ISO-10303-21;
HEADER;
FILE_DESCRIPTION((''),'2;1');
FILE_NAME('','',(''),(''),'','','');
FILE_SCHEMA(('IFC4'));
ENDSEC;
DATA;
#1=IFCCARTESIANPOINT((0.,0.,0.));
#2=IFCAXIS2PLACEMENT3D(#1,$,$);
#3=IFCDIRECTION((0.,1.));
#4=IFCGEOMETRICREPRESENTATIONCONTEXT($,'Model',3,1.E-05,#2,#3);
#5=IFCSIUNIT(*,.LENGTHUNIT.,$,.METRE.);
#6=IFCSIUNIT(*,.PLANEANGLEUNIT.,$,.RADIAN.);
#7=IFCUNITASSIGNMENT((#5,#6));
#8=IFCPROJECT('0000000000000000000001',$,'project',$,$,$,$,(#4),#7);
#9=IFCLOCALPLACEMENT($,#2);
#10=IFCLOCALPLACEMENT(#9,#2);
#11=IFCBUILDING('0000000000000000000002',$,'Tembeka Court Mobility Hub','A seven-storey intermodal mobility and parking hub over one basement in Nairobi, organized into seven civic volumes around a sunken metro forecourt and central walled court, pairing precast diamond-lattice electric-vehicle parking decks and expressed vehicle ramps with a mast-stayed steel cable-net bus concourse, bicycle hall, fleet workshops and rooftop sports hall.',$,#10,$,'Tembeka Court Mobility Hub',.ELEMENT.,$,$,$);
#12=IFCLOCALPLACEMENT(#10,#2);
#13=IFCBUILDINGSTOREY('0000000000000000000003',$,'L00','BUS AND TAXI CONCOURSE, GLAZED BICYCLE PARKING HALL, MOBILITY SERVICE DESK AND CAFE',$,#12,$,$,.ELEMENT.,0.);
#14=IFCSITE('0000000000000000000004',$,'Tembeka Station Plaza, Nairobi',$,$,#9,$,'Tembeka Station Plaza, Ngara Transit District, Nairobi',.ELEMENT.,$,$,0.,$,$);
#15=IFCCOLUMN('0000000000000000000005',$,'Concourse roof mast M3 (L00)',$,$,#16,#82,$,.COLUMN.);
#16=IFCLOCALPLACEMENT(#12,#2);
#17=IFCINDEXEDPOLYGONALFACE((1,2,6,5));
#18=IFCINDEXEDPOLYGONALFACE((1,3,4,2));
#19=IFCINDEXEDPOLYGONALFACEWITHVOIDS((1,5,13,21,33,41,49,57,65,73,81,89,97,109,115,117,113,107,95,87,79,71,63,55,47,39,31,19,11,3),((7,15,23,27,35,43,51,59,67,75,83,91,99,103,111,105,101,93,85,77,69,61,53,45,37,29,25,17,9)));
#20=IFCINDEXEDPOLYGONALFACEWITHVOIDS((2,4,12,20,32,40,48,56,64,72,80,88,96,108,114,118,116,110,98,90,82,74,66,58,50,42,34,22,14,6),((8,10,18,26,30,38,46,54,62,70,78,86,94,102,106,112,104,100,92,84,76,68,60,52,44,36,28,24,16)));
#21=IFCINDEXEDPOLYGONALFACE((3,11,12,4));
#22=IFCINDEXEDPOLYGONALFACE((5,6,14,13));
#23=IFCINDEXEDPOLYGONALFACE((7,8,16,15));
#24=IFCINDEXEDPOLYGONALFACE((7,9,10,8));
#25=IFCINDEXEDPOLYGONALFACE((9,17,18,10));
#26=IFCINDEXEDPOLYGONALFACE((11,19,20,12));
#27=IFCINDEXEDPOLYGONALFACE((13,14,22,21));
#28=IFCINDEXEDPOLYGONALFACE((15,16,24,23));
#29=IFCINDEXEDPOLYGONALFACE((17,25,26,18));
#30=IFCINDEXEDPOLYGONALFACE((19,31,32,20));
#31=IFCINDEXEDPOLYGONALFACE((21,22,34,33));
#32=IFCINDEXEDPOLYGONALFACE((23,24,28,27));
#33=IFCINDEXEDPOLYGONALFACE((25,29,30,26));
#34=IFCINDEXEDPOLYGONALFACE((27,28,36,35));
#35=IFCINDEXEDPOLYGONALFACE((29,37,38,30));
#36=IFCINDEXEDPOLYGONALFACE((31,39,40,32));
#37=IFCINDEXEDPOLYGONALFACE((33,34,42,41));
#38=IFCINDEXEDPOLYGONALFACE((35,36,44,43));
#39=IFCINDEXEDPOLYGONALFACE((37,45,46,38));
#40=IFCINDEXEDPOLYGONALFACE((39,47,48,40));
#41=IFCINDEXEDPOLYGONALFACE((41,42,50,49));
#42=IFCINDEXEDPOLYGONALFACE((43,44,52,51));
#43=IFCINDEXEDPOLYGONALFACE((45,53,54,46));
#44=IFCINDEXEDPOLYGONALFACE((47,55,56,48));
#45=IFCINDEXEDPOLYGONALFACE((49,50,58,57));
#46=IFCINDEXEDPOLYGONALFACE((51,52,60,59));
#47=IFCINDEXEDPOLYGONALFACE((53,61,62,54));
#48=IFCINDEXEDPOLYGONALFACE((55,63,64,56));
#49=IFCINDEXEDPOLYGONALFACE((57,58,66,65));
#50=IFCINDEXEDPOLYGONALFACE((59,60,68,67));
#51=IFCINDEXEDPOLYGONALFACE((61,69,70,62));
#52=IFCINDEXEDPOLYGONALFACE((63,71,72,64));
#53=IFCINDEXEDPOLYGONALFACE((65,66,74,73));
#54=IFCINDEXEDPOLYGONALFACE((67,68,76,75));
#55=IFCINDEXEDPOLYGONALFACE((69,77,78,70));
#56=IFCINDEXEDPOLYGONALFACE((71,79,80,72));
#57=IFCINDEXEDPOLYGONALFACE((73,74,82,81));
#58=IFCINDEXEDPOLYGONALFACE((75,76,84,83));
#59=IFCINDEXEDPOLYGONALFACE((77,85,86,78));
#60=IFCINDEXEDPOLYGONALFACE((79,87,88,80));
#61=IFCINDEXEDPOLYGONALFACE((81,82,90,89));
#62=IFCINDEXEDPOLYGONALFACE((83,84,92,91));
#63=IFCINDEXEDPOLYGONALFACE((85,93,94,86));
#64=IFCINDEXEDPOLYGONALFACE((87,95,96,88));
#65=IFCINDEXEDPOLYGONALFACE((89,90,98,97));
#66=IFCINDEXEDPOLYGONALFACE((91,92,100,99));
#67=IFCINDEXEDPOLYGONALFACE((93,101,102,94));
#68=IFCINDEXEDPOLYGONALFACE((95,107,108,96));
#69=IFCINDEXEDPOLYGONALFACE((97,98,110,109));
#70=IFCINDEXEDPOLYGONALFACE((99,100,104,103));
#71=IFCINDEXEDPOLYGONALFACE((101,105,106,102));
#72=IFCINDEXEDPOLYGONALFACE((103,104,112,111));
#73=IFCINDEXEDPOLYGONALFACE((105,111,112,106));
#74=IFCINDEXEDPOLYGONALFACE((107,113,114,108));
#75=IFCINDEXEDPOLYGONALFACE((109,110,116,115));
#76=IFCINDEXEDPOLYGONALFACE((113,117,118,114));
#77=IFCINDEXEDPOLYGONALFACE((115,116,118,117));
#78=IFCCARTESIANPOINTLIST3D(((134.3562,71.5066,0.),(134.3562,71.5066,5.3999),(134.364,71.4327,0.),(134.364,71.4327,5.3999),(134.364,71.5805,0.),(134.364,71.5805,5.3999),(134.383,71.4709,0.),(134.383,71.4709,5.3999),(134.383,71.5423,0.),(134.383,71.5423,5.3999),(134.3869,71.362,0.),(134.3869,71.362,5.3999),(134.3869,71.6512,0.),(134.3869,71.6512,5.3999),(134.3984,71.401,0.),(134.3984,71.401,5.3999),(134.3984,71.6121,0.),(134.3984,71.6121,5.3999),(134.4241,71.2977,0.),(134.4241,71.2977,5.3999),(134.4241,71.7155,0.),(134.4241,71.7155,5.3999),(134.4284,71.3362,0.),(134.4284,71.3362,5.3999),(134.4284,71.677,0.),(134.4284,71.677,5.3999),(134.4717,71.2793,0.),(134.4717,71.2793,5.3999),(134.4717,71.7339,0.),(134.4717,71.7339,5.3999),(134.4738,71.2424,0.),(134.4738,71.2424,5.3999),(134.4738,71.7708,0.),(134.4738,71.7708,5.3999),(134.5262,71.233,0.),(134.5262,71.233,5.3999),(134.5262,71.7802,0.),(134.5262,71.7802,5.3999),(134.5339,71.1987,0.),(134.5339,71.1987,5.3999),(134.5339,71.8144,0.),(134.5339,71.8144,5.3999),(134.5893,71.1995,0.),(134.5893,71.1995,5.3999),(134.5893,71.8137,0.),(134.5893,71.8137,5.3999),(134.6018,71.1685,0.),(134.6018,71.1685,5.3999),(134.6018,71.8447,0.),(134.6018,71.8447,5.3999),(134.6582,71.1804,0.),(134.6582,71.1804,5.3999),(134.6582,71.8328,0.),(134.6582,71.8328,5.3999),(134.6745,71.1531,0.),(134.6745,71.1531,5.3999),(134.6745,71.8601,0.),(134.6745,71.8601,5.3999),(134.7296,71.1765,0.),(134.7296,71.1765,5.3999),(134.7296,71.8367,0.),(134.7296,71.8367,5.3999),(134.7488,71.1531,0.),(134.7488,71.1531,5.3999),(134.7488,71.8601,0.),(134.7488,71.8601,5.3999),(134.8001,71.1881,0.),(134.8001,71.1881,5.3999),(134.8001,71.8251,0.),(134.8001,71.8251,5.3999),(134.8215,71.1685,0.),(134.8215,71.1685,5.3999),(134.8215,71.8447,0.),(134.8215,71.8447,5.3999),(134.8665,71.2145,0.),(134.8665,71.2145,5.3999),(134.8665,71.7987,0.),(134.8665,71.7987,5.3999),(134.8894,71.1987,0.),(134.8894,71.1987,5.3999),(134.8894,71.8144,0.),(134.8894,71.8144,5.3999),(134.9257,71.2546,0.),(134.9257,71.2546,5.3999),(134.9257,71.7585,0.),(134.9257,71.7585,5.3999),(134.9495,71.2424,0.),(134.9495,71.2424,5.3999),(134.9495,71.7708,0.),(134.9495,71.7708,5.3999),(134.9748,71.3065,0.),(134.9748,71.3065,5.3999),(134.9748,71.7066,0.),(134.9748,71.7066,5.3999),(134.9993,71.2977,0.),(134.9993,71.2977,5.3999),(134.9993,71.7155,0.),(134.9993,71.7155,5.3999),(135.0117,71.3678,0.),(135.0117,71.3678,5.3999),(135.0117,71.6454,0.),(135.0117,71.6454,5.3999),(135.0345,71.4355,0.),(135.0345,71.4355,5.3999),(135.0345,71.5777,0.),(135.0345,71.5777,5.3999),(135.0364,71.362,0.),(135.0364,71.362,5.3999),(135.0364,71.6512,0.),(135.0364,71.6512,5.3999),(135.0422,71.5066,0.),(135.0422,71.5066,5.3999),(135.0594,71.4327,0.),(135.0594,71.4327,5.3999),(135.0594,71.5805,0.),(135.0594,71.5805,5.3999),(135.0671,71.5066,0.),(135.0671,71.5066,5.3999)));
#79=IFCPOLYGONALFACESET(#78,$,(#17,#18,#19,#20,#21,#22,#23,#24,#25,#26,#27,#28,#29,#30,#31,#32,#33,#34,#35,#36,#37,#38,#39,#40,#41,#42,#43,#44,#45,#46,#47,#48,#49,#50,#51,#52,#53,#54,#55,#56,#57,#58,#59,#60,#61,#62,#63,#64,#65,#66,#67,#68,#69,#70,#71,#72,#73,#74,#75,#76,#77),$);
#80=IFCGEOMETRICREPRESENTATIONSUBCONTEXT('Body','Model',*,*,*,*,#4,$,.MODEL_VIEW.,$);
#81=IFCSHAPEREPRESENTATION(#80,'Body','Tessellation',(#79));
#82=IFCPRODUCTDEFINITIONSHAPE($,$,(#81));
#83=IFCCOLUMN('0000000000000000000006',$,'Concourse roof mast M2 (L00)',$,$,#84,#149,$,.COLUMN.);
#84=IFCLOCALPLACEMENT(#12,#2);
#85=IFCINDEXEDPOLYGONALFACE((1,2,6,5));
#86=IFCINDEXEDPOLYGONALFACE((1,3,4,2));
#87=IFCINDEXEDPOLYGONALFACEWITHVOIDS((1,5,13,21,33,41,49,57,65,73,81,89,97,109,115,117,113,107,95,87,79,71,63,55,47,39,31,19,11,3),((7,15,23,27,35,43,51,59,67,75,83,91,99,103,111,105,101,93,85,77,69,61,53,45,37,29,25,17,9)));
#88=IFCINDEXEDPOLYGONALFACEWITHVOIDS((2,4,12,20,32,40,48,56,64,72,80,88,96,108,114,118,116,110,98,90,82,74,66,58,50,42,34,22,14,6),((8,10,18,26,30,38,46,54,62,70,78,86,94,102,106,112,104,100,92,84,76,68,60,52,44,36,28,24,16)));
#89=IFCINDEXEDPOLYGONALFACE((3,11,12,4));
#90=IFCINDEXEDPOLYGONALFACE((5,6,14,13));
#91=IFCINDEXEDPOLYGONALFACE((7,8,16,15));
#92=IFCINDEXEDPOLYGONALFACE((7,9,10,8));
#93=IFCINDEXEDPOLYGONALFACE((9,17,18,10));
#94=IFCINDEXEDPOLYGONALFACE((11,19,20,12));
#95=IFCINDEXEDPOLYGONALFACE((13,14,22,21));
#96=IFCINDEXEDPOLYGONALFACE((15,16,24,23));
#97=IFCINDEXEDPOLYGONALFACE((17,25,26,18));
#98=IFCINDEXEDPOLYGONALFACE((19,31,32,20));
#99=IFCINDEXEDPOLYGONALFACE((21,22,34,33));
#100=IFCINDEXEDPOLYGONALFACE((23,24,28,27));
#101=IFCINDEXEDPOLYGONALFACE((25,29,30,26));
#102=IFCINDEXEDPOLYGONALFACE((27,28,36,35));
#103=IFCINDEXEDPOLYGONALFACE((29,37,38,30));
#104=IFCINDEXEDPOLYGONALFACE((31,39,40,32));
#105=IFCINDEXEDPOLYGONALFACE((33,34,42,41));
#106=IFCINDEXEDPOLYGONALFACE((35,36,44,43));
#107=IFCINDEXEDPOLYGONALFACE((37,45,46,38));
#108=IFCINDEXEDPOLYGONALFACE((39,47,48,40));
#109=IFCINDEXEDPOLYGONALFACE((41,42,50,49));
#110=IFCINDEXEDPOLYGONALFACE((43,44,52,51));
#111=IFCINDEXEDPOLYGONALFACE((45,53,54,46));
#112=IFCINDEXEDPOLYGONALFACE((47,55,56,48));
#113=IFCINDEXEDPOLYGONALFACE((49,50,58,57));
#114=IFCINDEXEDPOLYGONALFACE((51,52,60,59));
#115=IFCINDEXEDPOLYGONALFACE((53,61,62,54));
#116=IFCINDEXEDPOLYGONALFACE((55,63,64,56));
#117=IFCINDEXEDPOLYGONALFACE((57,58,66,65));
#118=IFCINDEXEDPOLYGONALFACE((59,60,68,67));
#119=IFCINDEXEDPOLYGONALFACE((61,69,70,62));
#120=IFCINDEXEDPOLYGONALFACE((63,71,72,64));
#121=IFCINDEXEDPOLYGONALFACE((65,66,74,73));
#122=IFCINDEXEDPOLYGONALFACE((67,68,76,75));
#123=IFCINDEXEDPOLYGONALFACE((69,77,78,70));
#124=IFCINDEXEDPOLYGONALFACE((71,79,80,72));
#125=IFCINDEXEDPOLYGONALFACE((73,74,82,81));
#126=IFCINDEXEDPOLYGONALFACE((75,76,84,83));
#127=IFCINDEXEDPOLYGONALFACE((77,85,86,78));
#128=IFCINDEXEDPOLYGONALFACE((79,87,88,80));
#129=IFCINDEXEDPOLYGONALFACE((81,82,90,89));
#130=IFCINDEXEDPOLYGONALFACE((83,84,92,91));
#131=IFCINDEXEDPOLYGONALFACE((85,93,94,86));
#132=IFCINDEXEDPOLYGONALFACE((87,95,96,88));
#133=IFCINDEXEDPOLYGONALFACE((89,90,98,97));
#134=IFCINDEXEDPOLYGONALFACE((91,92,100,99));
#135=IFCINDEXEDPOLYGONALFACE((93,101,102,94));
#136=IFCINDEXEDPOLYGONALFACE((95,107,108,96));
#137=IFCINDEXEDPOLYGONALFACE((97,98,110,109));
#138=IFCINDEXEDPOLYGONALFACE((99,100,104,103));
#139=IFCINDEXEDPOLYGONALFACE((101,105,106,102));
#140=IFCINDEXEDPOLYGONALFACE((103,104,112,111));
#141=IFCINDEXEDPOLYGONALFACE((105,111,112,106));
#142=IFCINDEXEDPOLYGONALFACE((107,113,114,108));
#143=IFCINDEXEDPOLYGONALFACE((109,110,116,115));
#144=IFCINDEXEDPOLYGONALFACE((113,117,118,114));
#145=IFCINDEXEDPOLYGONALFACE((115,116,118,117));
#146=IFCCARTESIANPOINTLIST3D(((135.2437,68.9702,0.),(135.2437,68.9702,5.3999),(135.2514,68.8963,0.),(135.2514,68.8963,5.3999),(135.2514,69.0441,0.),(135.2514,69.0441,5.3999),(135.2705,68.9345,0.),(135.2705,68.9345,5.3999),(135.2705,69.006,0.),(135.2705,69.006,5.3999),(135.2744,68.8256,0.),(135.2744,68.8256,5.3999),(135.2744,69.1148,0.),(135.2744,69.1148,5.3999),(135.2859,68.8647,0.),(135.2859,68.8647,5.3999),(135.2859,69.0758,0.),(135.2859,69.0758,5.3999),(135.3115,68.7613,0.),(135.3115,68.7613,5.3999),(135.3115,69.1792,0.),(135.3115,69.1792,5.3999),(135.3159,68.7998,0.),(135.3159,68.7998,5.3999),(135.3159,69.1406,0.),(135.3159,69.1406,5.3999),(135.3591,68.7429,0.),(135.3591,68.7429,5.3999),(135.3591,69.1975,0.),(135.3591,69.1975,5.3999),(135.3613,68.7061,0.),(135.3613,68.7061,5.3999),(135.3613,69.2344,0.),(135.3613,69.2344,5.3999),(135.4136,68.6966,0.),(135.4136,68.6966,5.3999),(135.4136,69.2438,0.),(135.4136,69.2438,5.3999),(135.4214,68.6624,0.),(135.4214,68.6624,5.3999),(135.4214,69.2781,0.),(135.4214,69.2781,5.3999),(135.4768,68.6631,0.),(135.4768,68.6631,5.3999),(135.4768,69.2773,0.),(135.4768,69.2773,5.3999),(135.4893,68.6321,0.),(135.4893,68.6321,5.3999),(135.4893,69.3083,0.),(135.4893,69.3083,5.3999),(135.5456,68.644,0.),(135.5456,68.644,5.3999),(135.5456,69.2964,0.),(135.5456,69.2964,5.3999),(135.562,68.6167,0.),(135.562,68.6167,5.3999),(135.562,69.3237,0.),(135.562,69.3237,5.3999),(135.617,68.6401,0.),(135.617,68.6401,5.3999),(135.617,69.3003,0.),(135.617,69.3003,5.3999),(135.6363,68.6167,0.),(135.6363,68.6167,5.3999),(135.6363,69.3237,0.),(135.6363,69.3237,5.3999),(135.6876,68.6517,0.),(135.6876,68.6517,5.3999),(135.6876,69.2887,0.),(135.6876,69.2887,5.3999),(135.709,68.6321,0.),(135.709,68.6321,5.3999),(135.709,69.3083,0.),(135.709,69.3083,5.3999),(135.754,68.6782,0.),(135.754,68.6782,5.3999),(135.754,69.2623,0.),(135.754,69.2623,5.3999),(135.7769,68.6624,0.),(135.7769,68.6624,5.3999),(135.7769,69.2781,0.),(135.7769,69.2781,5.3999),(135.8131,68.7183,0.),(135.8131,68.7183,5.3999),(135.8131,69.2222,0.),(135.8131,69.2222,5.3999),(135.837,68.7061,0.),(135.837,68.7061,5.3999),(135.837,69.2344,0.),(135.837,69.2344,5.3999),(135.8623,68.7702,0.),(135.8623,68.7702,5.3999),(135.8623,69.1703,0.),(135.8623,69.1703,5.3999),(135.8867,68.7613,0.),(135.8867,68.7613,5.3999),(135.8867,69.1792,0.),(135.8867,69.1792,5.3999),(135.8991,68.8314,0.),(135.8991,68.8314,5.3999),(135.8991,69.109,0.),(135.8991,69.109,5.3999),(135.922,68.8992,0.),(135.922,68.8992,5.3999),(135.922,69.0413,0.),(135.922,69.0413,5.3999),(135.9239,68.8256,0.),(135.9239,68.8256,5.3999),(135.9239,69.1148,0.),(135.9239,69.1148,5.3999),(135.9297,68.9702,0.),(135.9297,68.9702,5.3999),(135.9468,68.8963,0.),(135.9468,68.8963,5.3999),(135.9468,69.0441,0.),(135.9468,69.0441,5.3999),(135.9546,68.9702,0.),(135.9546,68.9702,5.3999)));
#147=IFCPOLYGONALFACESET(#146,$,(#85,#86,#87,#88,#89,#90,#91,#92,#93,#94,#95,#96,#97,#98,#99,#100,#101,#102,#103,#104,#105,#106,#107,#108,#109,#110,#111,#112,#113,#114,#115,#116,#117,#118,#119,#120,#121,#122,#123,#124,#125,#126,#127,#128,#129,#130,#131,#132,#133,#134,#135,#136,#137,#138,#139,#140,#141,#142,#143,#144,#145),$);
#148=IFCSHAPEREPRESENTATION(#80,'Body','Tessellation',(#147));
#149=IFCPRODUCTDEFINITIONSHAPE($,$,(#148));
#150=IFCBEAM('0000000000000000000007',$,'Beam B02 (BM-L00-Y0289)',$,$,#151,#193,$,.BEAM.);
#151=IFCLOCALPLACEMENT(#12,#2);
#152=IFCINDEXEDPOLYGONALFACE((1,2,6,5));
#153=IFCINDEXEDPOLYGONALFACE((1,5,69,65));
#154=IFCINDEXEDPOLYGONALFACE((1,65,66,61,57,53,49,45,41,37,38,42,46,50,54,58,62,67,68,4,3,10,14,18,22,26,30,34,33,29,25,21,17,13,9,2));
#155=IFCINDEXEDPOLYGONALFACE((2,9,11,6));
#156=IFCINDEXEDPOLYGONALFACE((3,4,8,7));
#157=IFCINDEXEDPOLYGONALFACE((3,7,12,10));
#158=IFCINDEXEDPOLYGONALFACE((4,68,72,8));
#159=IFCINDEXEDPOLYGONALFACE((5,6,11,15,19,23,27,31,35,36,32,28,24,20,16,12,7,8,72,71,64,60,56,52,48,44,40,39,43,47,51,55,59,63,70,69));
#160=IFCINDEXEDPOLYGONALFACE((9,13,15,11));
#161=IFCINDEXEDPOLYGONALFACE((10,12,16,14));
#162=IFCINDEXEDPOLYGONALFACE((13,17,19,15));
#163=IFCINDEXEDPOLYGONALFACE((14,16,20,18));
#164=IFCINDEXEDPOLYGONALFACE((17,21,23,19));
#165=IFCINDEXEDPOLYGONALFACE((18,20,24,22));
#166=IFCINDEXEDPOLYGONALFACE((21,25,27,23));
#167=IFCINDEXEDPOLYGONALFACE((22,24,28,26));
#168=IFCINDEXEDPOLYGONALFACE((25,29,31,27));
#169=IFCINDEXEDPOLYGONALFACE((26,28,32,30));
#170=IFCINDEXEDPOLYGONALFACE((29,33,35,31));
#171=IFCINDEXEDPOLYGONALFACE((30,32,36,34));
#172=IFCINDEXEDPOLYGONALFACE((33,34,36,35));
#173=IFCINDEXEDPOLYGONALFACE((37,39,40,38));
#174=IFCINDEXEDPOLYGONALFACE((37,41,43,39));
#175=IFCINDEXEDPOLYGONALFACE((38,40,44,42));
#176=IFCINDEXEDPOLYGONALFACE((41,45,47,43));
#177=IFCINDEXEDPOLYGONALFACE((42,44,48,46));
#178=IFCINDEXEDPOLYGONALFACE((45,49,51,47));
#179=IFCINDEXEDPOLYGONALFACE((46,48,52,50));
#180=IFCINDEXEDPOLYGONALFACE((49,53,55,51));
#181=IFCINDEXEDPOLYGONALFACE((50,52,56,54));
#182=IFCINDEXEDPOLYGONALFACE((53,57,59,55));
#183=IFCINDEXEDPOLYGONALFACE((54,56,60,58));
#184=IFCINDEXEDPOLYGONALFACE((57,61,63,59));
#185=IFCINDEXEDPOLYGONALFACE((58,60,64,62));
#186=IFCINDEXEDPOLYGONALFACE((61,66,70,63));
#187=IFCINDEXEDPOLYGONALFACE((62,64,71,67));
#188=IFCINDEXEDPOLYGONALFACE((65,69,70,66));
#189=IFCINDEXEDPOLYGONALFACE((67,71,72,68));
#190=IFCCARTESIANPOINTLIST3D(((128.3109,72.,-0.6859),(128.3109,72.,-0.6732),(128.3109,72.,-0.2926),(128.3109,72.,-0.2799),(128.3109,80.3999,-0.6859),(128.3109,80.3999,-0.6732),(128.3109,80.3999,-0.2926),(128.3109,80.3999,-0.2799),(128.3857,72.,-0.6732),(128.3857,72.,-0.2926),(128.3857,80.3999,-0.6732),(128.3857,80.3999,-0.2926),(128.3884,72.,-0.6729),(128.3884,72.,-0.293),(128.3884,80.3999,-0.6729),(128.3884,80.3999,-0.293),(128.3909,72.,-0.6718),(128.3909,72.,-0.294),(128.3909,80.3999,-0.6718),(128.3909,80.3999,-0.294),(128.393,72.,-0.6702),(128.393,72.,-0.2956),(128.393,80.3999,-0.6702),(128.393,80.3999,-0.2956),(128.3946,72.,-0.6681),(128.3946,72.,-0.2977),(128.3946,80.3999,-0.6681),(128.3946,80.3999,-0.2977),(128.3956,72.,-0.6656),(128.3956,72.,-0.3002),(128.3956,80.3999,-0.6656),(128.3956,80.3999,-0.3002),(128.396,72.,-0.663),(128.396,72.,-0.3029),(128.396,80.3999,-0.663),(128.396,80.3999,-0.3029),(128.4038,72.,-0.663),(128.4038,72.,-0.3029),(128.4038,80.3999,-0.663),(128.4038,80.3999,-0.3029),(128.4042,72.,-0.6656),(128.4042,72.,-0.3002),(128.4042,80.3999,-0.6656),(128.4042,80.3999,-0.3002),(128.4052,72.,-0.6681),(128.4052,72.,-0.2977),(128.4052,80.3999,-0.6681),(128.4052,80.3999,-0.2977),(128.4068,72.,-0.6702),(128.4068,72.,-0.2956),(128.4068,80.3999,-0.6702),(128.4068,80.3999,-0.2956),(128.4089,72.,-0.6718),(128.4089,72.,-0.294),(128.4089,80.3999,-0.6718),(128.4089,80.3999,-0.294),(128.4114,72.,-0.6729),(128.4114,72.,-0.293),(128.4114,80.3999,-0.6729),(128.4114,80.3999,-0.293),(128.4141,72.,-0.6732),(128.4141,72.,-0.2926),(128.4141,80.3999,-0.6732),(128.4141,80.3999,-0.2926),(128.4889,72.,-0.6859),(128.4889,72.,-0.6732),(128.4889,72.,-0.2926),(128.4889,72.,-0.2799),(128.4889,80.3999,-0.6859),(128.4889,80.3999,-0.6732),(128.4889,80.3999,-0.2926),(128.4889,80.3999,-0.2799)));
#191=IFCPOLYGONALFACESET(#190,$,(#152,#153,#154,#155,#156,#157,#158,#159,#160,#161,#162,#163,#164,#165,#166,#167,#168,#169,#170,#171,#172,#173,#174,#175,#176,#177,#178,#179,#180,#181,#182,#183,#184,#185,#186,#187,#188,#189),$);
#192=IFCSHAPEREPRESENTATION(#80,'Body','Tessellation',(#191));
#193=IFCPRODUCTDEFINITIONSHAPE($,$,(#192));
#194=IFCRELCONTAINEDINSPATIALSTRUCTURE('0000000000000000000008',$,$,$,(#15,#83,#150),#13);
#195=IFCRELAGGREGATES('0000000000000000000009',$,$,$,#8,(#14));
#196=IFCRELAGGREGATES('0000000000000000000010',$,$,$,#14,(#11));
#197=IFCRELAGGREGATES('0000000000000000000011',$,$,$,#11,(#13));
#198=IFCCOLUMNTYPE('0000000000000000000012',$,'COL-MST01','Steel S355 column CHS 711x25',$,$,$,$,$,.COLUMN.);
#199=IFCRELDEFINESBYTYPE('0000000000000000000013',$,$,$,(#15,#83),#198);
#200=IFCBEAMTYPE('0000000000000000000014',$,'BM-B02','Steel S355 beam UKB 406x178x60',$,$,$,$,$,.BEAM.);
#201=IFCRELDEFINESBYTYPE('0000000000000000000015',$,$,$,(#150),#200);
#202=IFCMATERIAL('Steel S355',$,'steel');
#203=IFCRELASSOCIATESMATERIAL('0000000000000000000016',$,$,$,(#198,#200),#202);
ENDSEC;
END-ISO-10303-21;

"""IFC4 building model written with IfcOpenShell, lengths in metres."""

from ifc_helpers import new_model, si_unit, direction, frame, origin, origin_2d, place, context, subcontext, project, spatial, hollow_circle, i_section, extrude, material, material_profile, profile_set, type_object, element, save


model = new_model("IFC4")

# Units and contexts
model_context = context("Model", 3, precision=1e-05, world=origin(), true_north=direction((0.0, 1.0)))
body_context = subcontext(model_context, "Body", "Model", "MODEL_VIEW")
ifc_project = project(units=[si_unit("LENGTHUNIT", "METRE"), si_unit("PLANEANGLEUNIT", "RADIAN")], contexts=[model_context])

# Site, building, storey
site_placement = place(None, origin())
site = spatial("IfcSite", under=ifc_project, at=site_placement, Name="Tembeka Station Plaza, Nairobi", LongName="Tembeka Station Plaza, Ngara Transit District, Nairobi", CompositionType="ELEMENT", RefElevation=0.0)
building_placement = place(site_placement, origin())
building = spatial("IfcBuilding", under=site, at=building_placement, Name="Tembeka Court Mobility Hub", Description="A seven-storey intermodal mobility and parking hub over one basement in Nairobi, organized into seven civic volumes around a sunken metro forecourt and central walled court, pairing precast diamond-lattice electric-vehicle parking decks and expressed vehicle ramps with a mast-stayed steel cable-net bus concourse, bicycle hall, fleet workshops and rooftop sports hall.", LongName="Tembeka Court Mobility Hub", CompositionType="ELEMENT")
storey_placement = place(building_placement, origin())
storey = spatial("IfcBuildingStorey", under=building, at=storey_placement, Name="L00", Description="BUS AND TAXI CONCOURSE, GLAZED BICYCLE PARKING HALL, MOBILITY SERVICE DESK AND CAFE", CompositionType="ELEMENT", Elevation=0.0)

# Columns
ifc_material = material(Name="Steel S355", Category="steel")
ifc_material_profile_1 = material_profile(ifc_material, hollow_circle(Radius=0.3555, WallThickness=0.0249, at=origin_2d()), Name="CHS 711x25")
ifc_profile_set_1 = profile_set([ifc_material_profile_1], Name="Steel S355")
column_type_1 = type_object("IfcColumnType", Name="COL-MST01", Description="Steel S355 column CHS 711x25", PredefinedType="COLUMN", material=ifc_profile_set_1)
for number, where, z_axis, x_axis, name in (
    (1, (134.7117, 71.5066, 0.0), (0.0, 0.0, 1.0), (1.0, 0.0, 0.0), "Concourse roof mast M3 (L00)"),
    (2, (135.5991, 68.9702, 0.0), (0.0, 0.0, 1.0), (1.0, 0.0, 0.0), "Concourse roof mast M2 (L00)"),
):
    element("IfcColumn", number, at=place(storey_placement, frame(where, z_axis=z_axis, x_axis=x_axis)), inside=storey, type_object=column_type_1, Name=name, PredefinedType="COLUMN", context=body_context, shape_type="SweptSolid", body=[
        extrude(hollow_circle(Radius=0.3555, WallThickness=0.0249, at=origin_2d()), origin(), (0.0, 0.0, 1.0), 5.3999),
    ])

# Beam
ifc_material_profile_2 = material_profile(ifc_material, i_section(OverallWidth=0.178, OverallDepth=0.406, WebThickness=0.0078, FlangeThickness=0.0127, FilletRadius=0.0103, at=origin_2d()), Name="UKB 406x178x60")
ifc_profile_set_2 = profile_set([ifc_material_profile_2], Name="Steel S355")
beam_type_1 = type_object("IfcBeamType", Name="BM-B02", Description="Steel S355 beam UKB 406x178x60", PredefinedType="BEAM", material=ifc_profile_set_2)
for number, where, z_axis, x_axis, name in (
    (3, (128.3999, 72.0, -0.4829), (0.0, 1.0, 0.0), (-1.0, 0.0, 0.0), "Beam B02 (BM-L00-Y0289)"),
):
    element("IfcBeam", number, at=place(storey_placement, frame(where, z_axis=z_axis, x_axis=x_axis)), inside=storey, type_object=beam_type_1, Name=name, PredefinedType="BEAM", context=body_context, shape_type="SweptSolid", body=[
        extrude(i_section(OverallWidth=0.178, OverallDepth=0.406, WebThickness=0.0078, FlangeThickness=0.0127, FilletRadius=0.0103, at=origin_2d()), origin(), (0.0, 0.0, 1.0), 8.3999),
    ])

save(model, "model.ifc")
